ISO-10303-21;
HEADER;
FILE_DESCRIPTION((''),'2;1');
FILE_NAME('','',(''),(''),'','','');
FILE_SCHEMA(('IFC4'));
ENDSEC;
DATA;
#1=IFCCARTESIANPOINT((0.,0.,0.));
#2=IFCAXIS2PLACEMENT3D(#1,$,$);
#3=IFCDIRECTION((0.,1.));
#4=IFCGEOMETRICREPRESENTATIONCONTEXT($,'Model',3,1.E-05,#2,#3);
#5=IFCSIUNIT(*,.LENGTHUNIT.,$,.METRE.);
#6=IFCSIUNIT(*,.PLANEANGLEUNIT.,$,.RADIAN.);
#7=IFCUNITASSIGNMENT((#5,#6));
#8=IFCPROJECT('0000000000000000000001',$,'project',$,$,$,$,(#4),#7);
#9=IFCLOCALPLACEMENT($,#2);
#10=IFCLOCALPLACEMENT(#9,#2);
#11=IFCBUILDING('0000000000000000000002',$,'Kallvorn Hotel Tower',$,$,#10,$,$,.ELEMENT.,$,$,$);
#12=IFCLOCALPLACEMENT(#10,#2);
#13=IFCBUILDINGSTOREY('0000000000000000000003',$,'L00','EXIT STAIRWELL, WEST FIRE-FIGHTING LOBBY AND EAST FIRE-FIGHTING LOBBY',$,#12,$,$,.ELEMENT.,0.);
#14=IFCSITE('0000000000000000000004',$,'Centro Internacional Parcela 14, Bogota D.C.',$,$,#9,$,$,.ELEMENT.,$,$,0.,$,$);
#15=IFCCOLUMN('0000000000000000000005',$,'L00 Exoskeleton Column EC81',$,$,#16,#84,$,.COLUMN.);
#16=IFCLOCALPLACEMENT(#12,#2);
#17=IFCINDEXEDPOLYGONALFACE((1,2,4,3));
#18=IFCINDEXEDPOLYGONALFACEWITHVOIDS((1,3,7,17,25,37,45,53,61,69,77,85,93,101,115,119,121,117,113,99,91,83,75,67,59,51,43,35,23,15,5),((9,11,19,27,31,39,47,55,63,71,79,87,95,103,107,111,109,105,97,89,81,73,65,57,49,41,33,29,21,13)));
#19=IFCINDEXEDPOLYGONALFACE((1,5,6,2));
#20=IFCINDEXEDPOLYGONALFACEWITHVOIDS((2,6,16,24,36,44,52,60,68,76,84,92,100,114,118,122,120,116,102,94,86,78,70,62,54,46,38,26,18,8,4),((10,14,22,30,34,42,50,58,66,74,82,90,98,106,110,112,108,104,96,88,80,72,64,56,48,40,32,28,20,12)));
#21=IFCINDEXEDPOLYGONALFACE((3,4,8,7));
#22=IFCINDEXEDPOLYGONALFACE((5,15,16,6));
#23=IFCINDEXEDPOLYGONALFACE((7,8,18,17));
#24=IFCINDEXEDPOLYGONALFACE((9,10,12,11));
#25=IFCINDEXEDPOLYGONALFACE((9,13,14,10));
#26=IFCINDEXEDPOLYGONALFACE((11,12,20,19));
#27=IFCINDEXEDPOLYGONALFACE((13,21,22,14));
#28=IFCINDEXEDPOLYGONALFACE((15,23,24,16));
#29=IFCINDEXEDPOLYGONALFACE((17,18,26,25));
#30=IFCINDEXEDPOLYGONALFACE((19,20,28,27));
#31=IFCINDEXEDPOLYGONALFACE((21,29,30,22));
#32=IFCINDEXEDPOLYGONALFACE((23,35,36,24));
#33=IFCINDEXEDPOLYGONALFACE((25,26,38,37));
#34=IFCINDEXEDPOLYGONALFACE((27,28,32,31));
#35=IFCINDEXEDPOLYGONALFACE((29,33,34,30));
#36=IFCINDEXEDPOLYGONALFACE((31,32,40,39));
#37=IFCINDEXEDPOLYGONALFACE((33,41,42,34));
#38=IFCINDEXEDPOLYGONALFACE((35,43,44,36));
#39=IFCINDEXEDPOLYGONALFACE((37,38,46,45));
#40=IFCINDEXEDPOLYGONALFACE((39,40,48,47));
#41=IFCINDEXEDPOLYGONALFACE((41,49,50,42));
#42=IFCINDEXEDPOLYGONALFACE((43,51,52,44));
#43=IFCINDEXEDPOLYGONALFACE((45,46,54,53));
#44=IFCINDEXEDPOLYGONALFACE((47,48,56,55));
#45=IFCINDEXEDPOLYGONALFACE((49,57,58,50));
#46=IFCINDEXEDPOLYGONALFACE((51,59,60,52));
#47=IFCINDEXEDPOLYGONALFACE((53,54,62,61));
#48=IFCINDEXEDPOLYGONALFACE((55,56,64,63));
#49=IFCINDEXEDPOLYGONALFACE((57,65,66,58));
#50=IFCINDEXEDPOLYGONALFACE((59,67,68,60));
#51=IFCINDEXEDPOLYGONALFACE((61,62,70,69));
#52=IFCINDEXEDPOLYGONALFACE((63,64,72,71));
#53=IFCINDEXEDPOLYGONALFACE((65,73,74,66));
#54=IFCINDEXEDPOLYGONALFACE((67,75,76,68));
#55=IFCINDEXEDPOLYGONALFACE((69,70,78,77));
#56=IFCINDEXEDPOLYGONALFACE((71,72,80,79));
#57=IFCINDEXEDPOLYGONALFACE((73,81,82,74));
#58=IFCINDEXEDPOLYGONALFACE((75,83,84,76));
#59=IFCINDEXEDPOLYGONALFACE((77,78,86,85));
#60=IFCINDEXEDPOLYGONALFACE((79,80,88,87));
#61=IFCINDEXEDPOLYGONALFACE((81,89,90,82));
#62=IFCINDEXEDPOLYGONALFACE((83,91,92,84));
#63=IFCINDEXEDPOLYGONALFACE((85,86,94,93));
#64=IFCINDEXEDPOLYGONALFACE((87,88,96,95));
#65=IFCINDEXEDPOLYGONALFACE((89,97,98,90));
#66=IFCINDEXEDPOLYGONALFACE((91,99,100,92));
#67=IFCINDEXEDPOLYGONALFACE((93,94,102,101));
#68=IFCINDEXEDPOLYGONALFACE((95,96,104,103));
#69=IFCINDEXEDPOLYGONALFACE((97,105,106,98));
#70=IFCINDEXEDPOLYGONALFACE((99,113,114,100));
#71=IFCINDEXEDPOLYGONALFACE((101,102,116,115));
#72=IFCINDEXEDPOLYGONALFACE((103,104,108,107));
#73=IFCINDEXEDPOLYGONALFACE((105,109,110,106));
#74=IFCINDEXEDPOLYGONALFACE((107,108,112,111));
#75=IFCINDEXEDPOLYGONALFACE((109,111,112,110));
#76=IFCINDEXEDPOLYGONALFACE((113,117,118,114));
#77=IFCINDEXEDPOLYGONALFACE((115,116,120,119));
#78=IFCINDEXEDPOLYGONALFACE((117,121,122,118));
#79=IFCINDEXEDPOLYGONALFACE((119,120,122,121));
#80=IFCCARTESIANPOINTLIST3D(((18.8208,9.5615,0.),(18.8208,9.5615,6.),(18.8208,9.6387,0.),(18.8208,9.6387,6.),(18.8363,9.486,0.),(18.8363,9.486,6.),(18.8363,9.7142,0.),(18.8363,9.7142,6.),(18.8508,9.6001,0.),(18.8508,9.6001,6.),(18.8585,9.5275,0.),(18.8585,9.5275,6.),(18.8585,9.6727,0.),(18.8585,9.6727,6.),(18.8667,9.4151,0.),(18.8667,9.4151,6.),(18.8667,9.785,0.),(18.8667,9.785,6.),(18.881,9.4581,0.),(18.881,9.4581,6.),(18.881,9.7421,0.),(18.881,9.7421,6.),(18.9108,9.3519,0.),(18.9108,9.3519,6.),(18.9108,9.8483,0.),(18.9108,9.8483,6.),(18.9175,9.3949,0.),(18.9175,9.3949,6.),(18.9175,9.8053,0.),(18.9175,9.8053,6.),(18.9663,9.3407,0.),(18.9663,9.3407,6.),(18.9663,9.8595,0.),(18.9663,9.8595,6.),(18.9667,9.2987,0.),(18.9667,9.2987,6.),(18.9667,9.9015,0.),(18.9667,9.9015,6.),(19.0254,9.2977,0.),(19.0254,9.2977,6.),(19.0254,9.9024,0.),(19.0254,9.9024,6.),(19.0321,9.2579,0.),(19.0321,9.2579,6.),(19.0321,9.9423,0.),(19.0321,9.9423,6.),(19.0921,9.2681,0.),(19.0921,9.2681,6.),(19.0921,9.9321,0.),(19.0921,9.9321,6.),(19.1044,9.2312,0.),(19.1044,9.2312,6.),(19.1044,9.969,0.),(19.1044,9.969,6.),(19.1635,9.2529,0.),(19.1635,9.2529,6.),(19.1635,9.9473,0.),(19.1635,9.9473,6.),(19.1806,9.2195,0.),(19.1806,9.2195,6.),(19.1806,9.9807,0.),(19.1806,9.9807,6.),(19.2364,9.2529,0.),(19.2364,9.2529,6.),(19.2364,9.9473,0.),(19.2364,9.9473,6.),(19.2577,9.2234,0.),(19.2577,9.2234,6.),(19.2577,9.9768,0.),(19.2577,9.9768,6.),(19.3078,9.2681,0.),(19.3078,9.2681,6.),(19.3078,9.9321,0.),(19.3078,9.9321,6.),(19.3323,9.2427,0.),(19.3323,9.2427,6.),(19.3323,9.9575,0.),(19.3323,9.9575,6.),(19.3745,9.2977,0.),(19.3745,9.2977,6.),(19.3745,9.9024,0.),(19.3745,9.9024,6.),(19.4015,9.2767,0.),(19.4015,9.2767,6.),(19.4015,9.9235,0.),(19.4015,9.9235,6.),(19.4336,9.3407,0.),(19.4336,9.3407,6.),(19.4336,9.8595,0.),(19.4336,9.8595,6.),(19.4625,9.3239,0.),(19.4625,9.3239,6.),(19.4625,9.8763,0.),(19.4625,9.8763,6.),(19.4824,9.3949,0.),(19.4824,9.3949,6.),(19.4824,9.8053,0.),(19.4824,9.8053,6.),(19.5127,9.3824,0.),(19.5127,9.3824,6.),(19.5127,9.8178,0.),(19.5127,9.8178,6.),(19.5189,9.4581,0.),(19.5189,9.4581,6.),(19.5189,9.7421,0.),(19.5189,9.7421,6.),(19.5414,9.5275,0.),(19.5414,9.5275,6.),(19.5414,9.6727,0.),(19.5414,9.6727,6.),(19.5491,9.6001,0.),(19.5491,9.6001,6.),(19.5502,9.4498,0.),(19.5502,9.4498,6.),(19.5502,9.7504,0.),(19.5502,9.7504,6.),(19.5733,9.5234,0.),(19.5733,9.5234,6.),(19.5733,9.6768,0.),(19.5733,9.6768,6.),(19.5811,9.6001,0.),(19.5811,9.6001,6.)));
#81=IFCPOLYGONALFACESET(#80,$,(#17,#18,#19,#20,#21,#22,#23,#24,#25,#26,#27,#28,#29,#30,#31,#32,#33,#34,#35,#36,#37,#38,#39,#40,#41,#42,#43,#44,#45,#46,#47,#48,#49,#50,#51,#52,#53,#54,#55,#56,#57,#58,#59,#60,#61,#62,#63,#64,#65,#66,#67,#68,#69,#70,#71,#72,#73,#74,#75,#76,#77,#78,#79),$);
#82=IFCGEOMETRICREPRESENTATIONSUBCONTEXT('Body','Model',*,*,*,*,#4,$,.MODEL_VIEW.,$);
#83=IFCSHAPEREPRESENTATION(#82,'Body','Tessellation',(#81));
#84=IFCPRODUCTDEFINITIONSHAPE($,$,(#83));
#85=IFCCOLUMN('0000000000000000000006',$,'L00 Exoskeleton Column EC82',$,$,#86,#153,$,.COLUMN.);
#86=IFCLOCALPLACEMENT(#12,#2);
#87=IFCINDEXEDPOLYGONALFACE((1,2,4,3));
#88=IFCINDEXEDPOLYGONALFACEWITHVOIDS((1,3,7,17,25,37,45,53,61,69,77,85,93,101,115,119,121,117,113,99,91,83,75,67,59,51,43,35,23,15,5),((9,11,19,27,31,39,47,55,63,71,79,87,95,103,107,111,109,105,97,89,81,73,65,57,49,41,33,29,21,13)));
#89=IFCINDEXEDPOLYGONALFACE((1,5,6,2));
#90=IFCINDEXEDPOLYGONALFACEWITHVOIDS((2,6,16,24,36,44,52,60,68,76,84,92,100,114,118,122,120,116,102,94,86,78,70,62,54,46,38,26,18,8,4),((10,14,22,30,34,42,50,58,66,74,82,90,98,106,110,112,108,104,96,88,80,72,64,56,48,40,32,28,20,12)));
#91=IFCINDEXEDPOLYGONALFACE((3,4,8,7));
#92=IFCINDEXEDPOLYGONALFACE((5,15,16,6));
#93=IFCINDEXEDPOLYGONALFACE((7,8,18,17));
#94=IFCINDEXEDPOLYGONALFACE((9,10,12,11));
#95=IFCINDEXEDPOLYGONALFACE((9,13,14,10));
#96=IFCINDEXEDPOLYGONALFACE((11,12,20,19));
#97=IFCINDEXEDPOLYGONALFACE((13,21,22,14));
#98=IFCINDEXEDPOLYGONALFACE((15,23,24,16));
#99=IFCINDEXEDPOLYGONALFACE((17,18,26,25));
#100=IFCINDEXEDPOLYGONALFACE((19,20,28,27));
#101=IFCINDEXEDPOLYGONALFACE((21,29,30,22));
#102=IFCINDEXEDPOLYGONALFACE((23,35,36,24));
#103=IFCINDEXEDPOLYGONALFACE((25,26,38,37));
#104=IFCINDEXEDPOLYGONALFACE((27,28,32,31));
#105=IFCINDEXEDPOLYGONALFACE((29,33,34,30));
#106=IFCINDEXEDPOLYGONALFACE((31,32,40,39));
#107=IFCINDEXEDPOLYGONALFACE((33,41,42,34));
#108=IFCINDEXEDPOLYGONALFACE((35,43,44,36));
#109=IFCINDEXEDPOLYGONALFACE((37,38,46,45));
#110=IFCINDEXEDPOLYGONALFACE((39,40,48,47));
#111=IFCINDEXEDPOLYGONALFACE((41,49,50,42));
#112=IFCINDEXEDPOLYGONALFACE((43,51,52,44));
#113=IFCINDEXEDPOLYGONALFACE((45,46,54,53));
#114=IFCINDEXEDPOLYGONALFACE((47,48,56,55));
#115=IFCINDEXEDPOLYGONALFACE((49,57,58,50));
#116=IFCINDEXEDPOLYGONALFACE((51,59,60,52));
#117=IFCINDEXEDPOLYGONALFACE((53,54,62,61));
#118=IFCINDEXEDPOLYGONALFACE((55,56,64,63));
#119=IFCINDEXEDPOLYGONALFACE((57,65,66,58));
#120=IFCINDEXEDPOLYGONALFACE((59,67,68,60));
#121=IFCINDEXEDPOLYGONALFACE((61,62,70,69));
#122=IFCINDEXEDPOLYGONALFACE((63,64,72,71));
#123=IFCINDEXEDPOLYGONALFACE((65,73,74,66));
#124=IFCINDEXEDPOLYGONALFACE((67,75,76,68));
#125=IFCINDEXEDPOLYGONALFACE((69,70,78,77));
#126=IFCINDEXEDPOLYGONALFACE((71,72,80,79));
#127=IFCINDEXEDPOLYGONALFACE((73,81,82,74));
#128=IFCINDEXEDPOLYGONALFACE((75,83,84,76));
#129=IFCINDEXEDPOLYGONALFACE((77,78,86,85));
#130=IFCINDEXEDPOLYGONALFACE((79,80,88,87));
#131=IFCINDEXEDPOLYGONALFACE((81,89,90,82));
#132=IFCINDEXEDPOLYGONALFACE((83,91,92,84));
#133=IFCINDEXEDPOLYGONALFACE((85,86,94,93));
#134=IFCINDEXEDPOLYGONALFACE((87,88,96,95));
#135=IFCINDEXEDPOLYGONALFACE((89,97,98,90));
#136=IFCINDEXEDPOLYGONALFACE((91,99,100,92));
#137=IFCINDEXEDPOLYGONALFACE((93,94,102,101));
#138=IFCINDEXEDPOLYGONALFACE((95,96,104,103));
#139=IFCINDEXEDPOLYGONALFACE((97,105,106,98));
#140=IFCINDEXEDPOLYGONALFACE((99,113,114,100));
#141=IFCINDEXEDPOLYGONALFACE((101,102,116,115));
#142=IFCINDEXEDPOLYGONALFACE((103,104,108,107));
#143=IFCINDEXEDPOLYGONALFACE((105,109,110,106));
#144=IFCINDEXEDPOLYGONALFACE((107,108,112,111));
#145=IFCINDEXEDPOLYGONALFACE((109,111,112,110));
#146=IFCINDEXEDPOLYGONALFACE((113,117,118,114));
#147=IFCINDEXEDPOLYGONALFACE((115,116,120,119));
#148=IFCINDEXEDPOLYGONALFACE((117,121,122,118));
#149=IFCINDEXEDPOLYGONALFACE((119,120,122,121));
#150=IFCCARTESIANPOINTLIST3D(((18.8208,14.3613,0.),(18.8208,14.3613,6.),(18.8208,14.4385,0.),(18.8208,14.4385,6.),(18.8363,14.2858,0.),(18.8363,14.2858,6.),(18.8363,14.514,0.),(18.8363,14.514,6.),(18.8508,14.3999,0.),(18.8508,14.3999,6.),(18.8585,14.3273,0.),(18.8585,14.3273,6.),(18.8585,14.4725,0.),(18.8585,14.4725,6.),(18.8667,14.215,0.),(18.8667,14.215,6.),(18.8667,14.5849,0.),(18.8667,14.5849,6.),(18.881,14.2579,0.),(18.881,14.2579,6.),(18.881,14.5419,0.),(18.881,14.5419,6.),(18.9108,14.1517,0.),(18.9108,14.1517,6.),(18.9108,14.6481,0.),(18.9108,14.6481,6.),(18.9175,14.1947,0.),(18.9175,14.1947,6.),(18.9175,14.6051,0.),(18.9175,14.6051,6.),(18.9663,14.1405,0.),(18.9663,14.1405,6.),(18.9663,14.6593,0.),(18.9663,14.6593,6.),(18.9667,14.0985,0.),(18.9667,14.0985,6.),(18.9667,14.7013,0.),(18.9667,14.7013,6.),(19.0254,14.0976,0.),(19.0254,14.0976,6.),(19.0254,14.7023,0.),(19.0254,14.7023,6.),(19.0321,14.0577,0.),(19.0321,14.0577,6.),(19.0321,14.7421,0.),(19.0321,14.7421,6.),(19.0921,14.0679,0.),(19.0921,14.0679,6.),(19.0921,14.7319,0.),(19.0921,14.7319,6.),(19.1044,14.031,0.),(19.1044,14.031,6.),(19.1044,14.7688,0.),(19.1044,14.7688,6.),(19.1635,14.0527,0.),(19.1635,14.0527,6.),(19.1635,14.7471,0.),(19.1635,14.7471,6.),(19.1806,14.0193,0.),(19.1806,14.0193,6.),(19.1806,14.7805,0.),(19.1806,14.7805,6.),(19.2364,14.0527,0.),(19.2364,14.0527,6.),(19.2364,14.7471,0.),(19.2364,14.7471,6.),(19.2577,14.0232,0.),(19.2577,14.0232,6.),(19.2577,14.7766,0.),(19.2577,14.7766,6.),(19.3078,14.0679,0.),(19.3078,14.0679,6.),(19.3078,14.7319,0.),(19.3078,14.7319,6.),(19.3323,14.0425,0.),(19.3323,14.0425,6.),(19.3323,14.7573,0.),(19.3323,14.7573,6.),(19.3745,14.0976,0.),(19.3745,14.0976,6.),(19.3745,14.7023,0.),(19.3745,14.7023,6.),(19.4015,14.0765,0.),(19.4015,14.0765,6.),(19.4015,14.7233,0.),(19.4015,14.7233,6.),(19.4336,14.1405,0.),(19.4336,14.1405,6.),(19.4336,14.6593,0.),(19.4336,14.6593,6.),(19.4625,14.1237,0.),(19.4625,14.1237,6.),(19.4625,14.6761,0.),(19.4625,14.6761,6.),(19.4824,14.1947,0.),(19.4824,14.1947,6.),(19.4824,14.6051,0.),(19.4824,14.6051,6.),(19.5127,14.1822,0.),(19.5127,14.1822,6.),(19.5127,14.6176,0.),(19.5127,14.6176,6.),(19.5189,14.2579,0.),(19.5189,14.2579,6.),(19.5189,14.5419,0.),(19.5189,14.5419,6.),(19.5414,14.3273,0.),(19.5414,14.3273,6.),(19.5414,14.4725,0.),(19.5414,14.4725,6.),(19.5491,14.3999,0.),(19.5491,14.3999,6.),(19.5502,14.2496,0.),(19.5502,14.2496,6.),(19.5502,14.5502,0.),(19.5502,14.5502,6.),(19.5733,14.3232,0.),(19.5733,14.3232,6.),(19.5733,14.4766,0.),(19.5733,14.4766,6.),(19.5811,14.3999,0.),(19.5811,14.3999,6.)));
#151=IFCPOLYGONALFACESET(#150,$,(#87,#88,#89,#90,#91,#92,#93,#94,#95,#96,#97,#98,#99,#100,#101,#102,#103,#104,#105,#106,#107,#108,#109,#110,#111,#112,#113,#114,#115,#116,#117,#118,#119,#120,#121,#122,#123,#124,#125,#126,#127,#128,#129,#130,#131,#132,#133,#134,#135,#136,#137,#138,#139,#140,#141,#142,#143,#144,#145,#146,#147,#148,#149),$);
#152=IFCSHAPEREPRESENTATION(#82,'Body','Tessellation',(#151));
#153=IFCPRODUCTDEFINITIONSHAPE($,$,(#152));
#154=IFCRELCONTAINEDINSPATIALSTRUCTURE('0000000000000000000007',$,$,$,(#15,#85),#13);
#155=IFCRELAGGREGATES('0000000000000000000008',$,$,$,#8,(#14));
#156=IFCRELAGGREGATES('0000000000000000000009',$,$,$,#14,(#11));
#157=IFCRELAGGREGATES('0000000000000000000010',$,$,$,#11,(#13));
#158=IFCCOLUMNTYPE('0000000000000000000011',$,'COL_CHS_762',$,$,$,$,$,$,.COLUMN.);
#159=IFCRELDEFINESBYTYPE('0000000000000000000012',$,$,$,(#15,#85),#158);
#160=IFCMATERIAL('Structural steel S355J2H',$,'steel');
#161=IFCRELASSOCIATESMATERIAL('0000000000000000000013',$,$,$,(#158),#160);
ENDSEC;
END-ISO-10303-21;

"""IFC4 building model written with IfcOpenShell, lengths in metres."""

from ifc_helpers import new_model, si_unit, direction, frame, origin, origin_2d, place, context, subcontext, project, spatial, hollow_circle, extrude, material, material_profile, profile_set, type_object, element, save


model = new_model("IFC4")

# Units and contexts
model_context = context("Model", 3, precision=1e-05, world=origin(), true_north=direction((0.0, 1.0)))
body_context = subcontext(model_context, "Body", "Model", "MODEL_VIEW")
ifc_project = project(units=[si_unit("LENGTHUNIT", "METRE"), si_unit("PLANEANGLEUNIT", "RADIAN")], contexts=[model_context])

# Site, building, storey
site_placement = place(None, origin())
site = spatial("IfcSite", under=ifc_project, at=site_placement, Name="Centro Internacional Parcela 14, Bogota D.C.", CompositionType="ELEMENT", RefElevation=0.0)
building_placement = place(site_placement, origin())
building = spatial("IfcBuilding", under=site, at=building_placement, Name="Kallvorn Hotel Tower", CompositionType="ELEMENT")
storey_placement = place(building_placement, origin())
storey = spatial("IfcBuildingStorey", under=building, at=storey_placement, Name="L00", Description="EXIT STAIRWELL, WEST FIRE-FIGHTING LOBBY AND EAST FIRE-FIGHTING LOBBY", CompositionType="ELEMENT", Elevation=0.0)

# Columns
ifc_material_1 = material(Name="Structural steel S355J2H", Category="steel")
ifc_material_profile_1 = material_profile(ifc_material_1, hollow_circle(Radius=0.3811, WallThickness=0.032, at=origin_2d()), Name="CHS 762x32")
ifc_profile_set_1 = profile_set([ifc_material_profile_1], Name="Structural steel S355J2H")
column_type_1 = type_object("IfcColumnType", Name="COL_CHS_762", PredefinedType="COLUMN", material=ifc_profile_set_1)
for number, where, z_axis, x_axis, name in (
    (1, (19.2, 9.6001, 0.0), (0.0, 0.0, 1.0), (1.0, 0.0, 0.0), "L00 Exoskeleton Column EC81"),
    (2, (19.2, 14.3999, 0.0), (0.0, 0.0, 1.0), (1.0, 0.0, 0.0), "L00 Exoskeleton Column EC82"),
):
    element("IfcColumn", number, at=place(storey_placement, frame(where, z_axis=z_axis, x_axis=x_axis)), inside=storey, type_object=column_type_1, Name=name, PredefinedType="COLUMN", context=body_context, shape_type="SweptSolid", body=[
        extrude(hollow_circle(Radius=0.3811, WallThickness=0.032, at=origin_2d()), origin(), (0.0, 0.0, 1.0), 6.0),
    ])

save(model, "model.ifc")
